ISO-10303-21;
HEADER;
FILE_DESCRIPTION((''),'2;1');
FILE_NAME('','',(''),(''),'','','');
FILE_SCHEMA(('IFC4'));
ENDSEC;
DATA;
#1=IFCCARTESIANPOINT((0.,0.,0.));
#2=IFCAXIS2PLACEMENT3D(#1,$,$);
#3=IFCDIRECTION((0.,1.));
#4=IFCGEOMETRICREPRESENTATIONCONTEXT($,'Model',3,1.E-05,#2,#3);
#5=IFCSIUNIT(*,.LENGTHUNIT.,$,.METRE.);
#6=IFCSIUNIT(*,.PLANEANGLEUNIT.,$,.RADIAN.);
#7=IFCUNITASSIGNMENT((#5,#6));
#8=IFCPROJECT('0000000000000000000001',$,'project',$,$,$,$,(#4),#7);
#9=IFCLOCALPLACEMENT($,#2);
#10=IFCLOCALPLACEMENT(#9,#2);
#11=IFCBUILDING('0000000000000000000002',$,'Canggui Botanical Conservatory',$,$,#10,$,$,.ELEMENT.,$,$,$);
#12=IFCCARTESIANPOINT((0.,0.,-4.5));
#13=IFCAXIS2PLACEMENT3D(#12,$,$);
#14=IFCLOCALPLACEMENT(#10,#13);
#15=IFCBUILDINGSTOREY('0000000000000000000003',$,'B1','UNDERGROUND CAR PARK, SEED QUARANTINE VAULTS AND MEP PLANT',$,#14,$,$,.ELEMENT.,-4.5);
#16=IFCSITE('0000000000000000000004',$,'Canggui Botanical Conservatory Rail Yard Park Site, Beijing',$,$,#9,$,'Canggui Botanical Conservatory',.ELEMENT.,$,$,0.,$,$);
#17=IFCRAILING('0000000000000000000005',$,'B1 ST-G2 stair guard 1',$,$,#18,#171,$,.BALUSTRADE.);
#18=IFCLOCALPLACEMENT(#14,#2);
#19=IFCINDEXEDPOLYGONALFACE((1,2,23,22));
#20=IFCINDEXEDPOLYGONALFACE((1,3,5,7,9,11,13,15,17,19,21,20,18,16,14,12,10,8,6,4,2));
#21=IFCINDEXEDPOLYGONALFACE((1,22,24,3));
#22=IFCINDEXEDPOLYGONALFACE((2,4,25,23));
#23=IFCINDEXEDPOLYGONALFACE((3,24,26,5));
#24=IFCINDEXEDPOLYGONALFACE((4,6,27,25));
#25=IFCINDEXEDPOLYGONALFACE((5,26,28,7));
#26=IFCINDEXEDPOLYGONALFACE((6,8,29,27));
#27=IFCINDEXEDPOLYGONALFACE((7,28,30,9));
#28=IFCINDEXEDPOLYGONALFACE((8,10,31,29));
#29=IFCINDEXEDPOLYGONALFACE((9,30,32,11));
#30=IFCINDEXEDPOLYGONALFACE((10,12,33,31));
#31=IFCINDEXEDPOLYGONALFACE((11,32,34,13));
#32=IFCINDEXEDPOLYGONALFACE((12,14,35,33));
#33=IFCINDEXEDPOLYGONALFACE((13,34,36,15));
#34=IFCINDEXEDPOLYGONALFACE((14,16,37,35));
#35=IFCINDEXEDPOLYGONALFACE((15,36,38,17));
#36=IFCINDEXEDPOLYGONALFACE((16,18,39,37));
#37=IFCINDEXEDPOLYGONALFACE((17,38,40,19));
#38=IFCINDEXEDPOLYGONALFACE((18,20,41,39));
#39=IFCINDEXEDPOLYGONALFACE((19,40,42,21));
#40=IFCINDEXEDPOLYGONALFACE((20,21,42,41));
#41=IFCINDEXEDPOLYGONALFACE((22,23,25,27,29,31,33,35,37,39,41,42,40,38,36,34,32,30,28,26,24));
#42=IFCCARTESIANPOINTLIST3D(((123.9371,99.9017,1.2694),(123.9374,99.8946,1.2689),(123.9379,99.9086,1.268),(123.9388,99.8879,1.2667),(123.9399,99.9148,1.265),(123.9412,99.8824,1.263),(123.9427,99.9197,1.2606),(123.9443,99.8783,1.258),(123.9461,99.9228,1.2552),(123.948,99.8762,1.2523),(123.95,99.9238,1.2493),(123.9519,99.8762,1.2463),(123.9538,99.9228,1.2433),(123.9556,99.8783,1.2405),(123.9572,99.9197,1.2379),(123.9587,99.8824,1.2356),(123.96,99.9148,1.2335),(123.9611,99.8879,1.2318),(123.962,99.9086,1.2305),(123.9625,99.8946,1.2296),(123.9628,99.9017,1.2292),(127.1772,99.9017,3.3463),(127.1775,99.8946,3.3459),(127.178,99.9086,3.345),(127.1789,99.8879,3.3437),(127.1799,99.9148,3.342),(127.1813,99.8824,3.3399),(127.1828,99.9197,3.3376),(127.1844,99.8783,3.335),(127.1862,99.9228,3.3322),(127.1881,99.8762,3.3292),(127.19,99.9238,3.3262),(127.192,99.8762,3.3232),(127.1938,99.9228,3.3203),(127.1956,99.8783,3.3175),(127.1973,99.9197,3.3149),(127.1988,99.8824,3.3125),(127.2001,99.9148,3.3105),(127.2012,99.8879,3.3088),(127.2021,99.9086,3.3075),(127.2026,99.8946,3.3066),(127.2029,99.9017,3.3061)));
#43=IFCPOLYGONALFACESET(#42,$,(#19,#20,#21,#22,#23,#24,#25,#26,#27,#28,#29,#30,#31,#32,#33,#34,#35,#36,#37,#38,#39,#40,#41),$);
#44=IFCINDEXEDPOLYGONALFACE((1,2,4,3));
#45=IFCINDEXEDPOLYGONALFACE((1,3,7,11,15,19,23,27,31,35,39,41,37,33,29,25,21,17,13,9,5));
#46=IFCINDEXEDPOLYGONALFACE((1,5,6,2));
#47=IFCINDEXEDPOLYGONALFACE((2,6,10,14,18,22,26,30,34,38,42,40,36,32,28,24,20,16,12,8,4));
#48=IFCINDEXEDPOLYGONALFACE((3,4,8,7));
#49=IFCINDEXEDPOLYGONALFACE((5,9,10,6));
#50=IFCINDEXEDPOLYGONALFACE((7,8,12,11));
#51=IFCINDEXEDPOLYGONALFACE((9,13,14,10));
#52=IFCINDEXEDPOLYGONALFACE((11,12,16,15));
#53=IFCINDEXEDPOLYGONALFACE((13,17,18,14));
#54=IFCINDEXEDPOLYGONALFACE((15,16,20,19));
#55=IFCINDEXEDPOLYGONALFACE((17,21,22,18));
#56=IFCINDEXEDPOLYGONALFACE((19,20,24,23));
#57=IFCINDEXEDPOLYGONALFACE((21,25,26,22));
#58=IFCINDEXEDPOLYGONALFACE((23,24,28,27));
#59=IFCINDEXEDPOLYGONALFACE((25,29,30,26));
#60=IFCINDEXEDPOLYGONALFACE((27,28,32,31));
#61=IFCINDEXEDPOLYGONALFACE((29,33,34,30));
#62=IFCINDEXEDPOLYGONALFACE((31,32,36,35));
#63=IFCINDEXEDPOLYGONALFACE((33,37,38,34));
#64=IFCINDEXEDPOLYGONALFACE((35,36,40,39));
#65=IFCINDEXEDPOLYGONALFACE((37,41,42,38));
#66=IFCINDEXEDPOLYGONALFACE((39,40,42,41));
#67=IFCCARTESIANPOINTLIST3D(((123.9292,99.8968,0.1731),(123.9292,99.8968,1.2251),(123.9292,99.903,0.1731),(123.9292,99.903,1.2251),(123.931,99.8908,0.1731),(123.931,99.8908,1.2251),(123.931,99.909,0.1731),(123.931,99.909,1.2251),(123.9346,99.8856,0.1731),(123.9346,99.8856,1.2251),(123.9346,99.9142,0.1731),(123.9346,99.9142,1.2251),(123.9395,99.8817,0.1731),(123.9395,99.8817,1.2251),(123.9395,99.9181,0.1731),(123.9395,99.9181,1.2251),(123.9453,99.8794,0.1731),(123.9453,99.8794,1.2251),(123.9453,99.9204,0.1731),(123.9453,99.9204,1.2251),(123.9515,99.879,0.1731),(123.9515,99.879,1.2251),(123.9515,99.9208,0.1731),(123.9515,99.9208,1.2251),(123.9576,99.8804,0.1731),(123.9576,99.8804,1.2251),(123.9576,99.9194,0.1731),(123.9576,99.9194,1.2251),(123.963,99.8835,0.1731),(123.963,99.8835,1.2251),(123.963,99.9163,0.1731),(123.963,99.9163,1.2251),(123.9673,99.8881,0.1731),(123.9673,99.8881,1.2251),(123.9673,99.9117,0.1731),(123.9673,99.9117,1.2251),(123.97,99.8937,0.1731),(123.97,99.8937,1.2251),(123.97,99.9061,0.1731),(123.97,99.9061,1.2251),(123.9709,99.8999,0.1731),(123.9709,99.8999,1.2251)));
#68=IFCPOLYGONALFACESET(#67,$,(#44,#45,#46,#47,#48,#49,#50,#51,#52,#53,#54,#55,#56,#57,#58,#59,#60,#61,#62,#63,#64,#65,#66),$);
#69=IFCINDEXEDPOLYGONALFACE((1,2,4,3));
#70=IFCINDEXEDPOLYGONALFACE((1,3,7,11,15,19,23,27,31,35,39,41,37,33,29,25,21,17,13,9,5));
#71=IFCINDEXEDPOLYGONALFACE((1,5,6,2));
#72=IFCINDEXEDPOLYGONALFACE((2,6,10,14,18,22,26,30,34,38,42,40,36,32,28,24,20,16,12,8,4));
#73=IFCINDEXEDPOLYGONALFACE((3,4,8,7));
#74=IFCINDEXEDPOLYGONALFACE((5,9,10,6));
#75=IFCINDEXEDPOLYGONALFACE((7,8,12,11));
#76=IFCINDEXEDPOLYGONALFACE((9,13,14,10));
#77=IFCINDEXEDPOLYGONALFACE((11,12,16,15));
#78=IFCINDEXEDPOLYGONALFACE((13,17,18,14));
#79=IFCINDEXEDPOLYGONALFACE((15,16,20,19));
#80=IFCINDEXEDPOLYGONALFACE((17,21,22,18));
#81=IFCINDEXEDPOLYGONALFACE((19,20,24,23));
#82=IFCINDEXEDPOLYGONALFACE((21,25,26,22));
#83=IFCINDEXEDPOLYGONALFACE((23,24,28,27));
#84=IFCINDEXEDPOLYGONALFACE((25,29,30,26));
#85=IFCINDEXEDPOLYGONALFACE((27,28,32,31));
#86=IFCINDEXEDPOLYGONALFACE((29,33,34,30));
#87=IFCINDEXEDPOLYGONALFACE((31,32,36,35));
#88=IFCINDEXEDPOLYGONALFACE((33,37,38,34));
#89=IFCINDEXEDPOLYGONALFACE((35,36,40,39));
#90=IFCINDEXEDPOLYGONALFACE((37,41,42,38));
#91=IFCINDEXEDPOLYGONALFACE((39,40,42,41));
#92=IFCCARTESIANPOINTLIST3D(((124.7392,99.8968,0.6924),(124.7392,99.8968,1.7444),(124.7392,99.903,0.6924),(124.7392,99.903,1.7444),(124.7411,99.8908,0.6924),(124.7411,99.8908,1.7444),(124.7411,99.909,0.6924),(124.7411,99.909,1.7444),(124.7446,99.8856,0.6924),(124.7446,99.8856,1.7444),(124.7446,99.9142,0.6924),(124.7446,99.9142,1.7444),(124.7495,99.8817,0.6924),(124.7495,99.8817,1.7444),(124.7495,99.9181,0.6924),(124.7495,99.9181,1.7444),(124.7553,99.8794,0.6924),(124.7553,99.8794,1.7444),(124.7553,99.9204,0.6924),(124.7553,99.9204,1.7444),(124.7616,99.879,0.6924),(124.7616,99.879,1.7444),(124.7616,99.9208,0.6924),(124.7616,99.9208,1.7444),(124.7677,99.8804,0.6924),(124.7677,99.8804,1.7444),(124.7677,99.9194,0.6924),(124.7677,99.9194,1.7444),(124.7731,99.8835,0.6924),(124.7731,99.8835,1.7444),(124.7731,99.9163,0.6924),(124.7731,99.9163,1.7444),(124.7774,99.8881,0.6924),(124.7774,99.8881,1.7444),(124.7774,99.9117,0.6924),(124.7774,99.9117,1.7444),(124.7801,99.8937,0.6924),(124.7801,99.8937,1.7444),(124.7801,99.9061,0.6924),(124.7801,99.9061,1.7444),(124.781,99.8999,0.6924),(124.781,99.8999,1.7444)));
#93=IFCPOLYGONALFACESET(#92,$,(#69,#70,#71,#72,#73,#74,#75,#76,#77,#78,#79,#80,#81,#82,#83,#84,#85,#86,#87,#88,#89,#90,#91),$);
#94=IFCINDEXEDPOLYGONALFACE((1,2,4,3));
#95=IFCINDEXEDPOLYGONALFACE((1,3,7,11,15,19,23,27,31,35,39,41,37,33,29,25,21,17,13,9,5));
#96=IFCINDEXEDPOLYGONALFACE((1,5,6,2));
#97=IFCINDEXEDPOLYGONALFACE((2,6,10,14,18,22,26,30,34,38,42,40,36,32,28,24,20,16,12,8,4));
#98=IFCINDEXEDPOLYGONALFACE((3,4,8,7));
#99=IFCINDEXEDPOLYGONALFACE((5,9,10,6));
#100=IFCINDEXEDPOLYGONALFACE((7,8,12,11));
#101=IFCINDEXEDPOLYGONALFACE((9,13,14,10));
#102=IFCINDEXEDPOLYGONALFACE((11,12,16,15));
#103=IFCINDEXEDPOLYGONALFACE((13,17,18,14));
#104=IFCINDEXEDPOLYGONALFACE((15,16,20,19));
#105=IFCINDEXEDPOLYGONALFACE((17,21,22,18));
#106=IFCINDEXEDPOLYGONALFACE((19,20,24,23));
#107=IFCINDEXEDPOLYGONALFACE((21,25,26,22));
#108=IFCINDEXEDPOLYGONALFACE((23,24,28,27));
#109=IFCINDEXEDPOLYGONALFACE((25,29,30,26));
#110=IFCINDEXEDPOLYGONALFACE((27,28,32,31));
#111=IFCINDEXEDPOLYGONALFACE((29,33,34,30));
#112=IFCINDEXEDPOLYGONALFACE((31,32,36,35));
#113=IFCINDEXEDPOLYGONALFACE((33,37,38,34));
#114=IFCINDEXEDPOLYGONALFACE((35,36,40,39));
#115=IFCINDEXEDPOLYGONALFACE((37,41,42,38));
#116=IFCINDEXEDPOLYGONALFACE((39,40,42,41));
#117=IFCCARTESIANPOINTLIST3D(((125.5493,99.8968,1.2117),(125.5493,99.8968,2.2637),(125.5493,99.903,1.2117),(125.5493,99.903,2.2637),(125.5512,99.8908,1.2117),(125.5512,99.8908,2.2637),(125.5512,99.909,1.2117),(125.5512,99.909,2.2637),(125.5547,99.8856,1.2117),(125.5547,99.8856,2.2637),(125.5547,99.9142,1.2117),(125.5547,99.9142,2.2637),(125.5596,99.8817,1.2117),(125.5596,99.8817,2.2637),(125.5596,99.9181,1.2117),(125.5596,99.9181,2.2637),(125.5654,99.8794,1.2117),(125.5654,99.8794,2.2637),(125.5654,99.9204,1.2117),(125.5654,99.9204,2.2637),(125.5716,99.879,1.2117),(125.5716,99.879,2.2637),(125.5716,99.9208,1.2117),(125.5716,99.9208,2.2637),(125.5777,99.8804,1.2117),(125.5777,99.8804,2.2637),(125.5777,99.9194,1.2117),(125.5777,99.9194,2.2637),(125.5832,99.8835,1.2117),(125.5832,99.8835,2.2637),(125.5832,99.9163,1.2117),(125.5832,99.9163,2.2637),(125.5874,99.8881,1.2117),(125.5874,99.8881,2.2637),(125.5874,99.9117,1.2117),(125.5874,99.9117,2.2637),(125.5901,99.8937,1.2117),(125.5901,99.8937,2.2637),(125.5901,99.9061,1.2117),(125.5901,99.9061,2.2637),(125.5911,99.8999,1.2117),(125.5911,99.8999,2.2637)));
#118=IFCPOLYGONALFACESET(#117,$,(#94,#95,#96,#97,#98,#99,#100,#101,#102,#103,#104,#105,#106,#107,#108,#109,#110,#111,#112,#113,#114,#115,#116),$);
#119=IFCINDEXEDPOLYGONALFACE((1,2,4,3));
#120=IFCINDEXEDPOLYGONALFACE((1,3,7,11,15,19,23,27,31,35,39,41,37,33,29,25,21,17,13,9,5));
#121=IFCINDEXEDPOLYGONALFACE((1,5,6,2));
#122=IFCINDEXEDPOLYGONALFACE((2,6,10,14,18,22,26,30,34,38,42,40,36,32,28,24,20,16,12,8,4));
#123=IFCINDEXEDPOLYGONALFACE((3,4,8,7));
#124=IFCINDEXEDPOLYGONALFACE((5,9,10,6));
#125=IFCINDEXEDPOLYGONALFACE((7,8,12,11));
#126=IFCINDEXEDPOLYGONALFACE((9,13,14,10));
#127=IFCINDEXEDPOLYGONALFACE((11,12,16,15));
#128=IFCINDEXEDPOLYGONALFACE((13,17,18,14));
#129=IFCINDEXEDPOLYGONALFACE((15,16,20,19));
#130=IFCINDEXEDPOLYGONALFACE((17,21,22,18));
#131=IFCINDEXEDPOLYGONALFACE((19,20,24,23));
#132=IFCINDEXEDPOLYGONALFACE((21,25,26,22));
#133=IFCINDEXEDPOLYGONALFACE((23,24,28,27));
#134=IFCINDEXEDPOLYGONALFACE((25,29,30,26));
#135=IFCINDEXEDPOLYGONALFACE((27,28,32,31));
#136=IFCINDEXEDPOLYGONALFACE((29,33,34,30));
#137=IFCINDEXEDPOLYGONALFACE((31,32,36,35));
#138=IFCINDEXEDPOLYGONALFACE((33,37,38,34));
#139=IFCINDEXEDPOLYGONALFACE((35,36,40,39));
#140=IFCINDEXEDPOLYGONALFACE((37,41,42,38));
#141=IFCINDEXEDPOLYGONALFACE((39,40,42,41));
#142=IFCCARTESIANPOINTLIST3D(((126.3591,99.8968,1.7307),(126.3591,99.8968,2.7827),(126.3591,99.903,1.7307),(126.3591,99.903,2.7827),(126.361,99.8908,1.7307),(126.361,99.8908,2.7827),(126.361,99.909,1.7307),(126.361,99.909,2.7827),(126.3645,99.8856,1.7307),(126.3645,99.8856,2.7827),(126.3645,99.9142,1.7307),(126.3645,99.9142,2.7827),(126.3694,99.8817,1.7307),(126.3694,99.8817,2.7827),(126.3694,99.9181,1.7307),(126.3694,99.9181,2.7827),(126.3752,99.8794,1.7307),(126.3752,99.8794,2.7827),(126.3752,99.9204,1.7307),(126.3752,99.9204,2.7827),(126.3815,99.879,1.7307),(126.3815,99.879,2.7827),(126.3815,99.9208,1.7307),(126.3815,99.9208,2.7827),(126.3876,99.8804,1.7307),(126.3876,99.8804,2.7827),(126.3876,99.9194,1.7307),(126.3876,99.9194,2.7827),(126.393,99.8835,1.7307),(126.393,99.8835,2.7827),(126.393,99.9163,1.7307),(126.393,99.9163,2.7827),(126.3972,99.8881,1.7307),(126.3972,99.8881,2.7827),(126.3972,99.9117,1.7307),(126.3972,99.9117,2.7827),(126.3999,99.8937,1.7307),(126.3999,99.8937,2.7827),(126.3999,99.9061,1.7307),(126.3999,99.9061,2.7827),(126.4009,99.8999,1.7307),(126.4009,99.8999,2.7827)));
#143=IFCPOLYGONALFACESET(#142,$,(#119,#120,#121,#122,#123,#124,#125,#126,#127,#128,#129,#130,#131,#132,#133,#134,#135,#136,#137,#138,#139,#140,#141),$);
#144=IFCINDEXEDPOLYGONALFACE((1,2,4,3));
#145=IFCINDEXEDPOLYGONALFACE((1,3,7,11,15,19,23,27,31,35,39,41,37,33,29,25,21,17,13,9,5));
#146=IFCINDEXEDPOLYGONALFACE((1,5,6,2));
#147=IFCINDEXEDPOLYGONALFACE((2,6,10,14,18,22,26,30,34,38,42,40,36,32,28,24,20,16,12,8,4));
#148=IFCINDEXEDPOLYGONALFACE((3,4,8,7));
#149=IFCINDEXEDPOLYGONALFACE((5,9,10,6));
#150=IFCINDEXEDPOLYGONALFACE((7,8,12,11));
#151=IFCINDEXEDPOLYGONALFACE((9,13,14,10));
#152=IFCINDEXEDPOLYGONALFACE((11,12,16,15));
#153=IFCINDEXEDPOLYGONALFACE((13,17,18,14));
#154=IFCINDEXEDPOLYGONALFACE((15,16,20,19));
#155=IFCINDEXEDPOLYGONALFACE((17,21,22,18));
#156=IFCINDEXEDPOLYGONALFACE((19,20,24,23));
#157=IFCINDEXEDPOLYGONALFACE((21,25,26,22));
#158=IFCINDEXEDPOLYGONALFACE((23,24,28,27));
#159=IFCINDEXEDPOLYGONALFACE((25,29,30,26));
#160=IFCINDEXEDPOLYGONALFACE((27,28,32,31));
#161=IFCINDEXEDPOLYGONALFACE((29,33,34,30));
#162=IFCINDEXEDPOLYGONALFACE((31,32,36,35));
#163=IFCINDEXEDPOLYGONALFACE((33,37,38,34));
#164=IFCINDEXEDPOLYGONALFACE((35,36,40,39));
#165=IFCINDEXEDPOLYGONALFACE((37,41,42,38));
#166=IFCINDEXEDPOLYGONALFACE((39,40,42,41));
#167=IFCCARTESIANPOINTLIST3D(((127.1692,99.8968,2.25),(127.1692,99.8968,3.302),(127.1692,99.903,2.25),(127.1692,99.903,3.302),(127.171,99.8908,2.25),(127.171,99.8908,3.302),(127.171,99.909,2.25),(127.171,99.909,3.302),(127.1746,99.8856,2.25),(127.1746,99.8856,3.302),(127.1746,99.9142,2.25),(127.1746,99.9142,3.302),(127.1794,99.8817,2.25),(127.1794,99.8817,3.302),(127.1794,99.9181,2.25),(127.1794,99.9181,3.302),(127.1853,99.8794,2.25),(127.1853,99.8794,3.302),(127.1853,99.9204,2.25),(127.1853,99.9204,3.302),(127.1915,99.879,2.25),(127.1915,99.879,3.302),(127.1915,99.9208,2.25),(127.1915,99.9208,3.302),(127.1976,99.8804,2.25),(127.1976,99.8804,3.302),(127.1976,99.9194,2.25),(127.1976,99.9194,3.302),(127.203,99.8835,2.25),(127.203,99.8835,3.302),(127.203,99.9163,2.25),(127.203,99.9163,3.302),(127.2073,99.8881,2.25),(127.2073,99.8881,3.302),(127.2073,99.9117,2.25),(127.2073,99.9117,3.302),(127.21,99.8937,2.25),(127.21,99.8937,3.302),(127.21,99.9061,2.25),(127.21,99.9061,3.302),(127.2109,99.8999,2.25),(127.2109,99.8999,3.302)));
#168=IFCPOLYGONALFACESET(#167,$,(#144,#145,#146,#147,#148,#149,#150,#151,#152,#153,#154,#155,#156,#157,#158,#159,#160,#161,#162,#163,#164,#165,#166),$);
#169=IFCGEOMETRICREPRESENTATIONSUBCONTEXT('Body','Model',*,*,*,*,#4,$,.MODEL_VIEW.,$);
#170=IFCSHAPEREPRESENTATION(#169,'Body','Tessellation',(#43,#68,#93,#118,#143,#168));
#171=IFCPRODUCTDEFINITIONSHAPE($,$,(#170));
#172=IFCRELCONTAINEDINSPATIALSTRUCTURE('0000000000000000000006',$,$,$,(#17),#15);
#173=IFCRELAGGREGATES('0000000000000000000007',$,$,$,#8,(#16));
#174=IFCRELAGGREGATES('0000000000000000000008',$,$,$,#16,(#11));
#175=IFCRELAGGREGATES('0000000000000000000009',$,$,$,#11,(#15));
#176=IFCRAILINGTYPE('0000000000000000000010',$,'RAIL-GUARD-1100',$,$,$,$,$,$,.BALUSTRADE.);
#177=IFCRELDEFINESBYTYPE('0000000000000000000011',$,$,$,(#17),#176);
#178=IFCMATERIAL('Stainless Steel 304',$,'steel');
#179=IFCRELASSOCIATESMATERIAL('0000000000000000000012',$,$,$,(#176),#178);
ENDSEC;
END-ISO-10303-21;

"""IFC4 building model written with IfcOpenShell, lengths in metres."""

from ifc_helpers import new_model, si_unit, direction, frame, origin, origin_2d, place, context, subcontext, project, spatial, circle, extrude, material, type_object, element, save


model = new_model("IFC4")

# Units and contexts
model_context = context("Model", 3, precision=1e-05, world=origin(), true_north=direction((0.0, 1.0)))
body_context = subcontext(model_context, "Body", "Model", "MODEL_VIEW")
ifc_project = project(units=[si_unit("LENGTHUNIT", "METRE"), si_unit("PLANEANGLEUNIT", "RADIAN")], contexts=[model_context])

# Site, building, storey
site_placement = place(None, origin())
site = spatial("IfcSite", under=ifc_project, at=site_placement, Name="Canggui Botanical Conservatory Rail Yard Park Site, Beijing", LongName="Canggui Botanical Conservatory", CompositionType="ELEMENT", RefElevation=0.0)
building_placement = place(site_placement, origin())
building = spatial("IfcBuilding", under=site, at=building_placement, Name="Canggui Botanical Conservatory", CompositionType="ELEMENT")
storey_placement = place(building_placement, frame((0.0, 0.0, -4.5)))
storey = spatial("IfcBuildingStorey", under=building, at=storey_placement, Name="B1", Description="UNDERGROUND CAR PARK, SEED QUARANTINE VAULTS AND MEP PLANT", CompositionType="ELEMENT", Elevation=-4.5)

# Railing
ifc_material_1 = material(Name="Stainless Steel 304", Category="steel")
railing_type_1 = type_object("IfcRailingType", Name="RAIL-GUARD-1100", PredefinedType="BALUSTRADE", material=ifc_material_1)
railing_1_placement = place(storey_placement, frame((123.95, 99.8999, 0.1731)))
element("IfcRailing", 1, at=railing_1_placement, inside=storey, type_object=railing_type_1, Name="B1 ST-G2 stair guard 1", PredefinedType="BALUSTRADE", context=body_context, shape_type="SweptSolid", body=[
    extrude(circle(Radius=0.0239, at=origin_2d()), frame((0.0, 0.0, 1.0762), z_axis=(0.841881, 0.0, 0.539664), x_axis=(0.0, 1.0, 0.0)), (0.0, 0.0, 1.0), 3.8486),
    extrude(circle(Radius=0.021, at=origin_2d()), origin(), (0.0, 0.0, 1.0), 1.052),
    extrude(circle(Radius=0.021, at=origin_2d()), frame((0.8101, 0.0, 0.5193)), (0.0, 0.0, 1.0), 1.052),
    extrude(circle(Radius=0.021, at=origin_2d()), frame((1.6201, 0.0, 1.0386)), (0.0, 0.0, 1.0), 1.052),
    extrude(circle(Radius=0.021, at=origin_2d()), frame((2.4299, 0.0, 1.5576)), (0.0, 0.0, 1.0), 1.052),
    extrude(circle(Radius=0.021, at=origin_2d()), frame((3.24, 0.0, 2.0769)), (0.0, 0.0, 1.0), 1.052),
])

save(model, "model.ifc")
